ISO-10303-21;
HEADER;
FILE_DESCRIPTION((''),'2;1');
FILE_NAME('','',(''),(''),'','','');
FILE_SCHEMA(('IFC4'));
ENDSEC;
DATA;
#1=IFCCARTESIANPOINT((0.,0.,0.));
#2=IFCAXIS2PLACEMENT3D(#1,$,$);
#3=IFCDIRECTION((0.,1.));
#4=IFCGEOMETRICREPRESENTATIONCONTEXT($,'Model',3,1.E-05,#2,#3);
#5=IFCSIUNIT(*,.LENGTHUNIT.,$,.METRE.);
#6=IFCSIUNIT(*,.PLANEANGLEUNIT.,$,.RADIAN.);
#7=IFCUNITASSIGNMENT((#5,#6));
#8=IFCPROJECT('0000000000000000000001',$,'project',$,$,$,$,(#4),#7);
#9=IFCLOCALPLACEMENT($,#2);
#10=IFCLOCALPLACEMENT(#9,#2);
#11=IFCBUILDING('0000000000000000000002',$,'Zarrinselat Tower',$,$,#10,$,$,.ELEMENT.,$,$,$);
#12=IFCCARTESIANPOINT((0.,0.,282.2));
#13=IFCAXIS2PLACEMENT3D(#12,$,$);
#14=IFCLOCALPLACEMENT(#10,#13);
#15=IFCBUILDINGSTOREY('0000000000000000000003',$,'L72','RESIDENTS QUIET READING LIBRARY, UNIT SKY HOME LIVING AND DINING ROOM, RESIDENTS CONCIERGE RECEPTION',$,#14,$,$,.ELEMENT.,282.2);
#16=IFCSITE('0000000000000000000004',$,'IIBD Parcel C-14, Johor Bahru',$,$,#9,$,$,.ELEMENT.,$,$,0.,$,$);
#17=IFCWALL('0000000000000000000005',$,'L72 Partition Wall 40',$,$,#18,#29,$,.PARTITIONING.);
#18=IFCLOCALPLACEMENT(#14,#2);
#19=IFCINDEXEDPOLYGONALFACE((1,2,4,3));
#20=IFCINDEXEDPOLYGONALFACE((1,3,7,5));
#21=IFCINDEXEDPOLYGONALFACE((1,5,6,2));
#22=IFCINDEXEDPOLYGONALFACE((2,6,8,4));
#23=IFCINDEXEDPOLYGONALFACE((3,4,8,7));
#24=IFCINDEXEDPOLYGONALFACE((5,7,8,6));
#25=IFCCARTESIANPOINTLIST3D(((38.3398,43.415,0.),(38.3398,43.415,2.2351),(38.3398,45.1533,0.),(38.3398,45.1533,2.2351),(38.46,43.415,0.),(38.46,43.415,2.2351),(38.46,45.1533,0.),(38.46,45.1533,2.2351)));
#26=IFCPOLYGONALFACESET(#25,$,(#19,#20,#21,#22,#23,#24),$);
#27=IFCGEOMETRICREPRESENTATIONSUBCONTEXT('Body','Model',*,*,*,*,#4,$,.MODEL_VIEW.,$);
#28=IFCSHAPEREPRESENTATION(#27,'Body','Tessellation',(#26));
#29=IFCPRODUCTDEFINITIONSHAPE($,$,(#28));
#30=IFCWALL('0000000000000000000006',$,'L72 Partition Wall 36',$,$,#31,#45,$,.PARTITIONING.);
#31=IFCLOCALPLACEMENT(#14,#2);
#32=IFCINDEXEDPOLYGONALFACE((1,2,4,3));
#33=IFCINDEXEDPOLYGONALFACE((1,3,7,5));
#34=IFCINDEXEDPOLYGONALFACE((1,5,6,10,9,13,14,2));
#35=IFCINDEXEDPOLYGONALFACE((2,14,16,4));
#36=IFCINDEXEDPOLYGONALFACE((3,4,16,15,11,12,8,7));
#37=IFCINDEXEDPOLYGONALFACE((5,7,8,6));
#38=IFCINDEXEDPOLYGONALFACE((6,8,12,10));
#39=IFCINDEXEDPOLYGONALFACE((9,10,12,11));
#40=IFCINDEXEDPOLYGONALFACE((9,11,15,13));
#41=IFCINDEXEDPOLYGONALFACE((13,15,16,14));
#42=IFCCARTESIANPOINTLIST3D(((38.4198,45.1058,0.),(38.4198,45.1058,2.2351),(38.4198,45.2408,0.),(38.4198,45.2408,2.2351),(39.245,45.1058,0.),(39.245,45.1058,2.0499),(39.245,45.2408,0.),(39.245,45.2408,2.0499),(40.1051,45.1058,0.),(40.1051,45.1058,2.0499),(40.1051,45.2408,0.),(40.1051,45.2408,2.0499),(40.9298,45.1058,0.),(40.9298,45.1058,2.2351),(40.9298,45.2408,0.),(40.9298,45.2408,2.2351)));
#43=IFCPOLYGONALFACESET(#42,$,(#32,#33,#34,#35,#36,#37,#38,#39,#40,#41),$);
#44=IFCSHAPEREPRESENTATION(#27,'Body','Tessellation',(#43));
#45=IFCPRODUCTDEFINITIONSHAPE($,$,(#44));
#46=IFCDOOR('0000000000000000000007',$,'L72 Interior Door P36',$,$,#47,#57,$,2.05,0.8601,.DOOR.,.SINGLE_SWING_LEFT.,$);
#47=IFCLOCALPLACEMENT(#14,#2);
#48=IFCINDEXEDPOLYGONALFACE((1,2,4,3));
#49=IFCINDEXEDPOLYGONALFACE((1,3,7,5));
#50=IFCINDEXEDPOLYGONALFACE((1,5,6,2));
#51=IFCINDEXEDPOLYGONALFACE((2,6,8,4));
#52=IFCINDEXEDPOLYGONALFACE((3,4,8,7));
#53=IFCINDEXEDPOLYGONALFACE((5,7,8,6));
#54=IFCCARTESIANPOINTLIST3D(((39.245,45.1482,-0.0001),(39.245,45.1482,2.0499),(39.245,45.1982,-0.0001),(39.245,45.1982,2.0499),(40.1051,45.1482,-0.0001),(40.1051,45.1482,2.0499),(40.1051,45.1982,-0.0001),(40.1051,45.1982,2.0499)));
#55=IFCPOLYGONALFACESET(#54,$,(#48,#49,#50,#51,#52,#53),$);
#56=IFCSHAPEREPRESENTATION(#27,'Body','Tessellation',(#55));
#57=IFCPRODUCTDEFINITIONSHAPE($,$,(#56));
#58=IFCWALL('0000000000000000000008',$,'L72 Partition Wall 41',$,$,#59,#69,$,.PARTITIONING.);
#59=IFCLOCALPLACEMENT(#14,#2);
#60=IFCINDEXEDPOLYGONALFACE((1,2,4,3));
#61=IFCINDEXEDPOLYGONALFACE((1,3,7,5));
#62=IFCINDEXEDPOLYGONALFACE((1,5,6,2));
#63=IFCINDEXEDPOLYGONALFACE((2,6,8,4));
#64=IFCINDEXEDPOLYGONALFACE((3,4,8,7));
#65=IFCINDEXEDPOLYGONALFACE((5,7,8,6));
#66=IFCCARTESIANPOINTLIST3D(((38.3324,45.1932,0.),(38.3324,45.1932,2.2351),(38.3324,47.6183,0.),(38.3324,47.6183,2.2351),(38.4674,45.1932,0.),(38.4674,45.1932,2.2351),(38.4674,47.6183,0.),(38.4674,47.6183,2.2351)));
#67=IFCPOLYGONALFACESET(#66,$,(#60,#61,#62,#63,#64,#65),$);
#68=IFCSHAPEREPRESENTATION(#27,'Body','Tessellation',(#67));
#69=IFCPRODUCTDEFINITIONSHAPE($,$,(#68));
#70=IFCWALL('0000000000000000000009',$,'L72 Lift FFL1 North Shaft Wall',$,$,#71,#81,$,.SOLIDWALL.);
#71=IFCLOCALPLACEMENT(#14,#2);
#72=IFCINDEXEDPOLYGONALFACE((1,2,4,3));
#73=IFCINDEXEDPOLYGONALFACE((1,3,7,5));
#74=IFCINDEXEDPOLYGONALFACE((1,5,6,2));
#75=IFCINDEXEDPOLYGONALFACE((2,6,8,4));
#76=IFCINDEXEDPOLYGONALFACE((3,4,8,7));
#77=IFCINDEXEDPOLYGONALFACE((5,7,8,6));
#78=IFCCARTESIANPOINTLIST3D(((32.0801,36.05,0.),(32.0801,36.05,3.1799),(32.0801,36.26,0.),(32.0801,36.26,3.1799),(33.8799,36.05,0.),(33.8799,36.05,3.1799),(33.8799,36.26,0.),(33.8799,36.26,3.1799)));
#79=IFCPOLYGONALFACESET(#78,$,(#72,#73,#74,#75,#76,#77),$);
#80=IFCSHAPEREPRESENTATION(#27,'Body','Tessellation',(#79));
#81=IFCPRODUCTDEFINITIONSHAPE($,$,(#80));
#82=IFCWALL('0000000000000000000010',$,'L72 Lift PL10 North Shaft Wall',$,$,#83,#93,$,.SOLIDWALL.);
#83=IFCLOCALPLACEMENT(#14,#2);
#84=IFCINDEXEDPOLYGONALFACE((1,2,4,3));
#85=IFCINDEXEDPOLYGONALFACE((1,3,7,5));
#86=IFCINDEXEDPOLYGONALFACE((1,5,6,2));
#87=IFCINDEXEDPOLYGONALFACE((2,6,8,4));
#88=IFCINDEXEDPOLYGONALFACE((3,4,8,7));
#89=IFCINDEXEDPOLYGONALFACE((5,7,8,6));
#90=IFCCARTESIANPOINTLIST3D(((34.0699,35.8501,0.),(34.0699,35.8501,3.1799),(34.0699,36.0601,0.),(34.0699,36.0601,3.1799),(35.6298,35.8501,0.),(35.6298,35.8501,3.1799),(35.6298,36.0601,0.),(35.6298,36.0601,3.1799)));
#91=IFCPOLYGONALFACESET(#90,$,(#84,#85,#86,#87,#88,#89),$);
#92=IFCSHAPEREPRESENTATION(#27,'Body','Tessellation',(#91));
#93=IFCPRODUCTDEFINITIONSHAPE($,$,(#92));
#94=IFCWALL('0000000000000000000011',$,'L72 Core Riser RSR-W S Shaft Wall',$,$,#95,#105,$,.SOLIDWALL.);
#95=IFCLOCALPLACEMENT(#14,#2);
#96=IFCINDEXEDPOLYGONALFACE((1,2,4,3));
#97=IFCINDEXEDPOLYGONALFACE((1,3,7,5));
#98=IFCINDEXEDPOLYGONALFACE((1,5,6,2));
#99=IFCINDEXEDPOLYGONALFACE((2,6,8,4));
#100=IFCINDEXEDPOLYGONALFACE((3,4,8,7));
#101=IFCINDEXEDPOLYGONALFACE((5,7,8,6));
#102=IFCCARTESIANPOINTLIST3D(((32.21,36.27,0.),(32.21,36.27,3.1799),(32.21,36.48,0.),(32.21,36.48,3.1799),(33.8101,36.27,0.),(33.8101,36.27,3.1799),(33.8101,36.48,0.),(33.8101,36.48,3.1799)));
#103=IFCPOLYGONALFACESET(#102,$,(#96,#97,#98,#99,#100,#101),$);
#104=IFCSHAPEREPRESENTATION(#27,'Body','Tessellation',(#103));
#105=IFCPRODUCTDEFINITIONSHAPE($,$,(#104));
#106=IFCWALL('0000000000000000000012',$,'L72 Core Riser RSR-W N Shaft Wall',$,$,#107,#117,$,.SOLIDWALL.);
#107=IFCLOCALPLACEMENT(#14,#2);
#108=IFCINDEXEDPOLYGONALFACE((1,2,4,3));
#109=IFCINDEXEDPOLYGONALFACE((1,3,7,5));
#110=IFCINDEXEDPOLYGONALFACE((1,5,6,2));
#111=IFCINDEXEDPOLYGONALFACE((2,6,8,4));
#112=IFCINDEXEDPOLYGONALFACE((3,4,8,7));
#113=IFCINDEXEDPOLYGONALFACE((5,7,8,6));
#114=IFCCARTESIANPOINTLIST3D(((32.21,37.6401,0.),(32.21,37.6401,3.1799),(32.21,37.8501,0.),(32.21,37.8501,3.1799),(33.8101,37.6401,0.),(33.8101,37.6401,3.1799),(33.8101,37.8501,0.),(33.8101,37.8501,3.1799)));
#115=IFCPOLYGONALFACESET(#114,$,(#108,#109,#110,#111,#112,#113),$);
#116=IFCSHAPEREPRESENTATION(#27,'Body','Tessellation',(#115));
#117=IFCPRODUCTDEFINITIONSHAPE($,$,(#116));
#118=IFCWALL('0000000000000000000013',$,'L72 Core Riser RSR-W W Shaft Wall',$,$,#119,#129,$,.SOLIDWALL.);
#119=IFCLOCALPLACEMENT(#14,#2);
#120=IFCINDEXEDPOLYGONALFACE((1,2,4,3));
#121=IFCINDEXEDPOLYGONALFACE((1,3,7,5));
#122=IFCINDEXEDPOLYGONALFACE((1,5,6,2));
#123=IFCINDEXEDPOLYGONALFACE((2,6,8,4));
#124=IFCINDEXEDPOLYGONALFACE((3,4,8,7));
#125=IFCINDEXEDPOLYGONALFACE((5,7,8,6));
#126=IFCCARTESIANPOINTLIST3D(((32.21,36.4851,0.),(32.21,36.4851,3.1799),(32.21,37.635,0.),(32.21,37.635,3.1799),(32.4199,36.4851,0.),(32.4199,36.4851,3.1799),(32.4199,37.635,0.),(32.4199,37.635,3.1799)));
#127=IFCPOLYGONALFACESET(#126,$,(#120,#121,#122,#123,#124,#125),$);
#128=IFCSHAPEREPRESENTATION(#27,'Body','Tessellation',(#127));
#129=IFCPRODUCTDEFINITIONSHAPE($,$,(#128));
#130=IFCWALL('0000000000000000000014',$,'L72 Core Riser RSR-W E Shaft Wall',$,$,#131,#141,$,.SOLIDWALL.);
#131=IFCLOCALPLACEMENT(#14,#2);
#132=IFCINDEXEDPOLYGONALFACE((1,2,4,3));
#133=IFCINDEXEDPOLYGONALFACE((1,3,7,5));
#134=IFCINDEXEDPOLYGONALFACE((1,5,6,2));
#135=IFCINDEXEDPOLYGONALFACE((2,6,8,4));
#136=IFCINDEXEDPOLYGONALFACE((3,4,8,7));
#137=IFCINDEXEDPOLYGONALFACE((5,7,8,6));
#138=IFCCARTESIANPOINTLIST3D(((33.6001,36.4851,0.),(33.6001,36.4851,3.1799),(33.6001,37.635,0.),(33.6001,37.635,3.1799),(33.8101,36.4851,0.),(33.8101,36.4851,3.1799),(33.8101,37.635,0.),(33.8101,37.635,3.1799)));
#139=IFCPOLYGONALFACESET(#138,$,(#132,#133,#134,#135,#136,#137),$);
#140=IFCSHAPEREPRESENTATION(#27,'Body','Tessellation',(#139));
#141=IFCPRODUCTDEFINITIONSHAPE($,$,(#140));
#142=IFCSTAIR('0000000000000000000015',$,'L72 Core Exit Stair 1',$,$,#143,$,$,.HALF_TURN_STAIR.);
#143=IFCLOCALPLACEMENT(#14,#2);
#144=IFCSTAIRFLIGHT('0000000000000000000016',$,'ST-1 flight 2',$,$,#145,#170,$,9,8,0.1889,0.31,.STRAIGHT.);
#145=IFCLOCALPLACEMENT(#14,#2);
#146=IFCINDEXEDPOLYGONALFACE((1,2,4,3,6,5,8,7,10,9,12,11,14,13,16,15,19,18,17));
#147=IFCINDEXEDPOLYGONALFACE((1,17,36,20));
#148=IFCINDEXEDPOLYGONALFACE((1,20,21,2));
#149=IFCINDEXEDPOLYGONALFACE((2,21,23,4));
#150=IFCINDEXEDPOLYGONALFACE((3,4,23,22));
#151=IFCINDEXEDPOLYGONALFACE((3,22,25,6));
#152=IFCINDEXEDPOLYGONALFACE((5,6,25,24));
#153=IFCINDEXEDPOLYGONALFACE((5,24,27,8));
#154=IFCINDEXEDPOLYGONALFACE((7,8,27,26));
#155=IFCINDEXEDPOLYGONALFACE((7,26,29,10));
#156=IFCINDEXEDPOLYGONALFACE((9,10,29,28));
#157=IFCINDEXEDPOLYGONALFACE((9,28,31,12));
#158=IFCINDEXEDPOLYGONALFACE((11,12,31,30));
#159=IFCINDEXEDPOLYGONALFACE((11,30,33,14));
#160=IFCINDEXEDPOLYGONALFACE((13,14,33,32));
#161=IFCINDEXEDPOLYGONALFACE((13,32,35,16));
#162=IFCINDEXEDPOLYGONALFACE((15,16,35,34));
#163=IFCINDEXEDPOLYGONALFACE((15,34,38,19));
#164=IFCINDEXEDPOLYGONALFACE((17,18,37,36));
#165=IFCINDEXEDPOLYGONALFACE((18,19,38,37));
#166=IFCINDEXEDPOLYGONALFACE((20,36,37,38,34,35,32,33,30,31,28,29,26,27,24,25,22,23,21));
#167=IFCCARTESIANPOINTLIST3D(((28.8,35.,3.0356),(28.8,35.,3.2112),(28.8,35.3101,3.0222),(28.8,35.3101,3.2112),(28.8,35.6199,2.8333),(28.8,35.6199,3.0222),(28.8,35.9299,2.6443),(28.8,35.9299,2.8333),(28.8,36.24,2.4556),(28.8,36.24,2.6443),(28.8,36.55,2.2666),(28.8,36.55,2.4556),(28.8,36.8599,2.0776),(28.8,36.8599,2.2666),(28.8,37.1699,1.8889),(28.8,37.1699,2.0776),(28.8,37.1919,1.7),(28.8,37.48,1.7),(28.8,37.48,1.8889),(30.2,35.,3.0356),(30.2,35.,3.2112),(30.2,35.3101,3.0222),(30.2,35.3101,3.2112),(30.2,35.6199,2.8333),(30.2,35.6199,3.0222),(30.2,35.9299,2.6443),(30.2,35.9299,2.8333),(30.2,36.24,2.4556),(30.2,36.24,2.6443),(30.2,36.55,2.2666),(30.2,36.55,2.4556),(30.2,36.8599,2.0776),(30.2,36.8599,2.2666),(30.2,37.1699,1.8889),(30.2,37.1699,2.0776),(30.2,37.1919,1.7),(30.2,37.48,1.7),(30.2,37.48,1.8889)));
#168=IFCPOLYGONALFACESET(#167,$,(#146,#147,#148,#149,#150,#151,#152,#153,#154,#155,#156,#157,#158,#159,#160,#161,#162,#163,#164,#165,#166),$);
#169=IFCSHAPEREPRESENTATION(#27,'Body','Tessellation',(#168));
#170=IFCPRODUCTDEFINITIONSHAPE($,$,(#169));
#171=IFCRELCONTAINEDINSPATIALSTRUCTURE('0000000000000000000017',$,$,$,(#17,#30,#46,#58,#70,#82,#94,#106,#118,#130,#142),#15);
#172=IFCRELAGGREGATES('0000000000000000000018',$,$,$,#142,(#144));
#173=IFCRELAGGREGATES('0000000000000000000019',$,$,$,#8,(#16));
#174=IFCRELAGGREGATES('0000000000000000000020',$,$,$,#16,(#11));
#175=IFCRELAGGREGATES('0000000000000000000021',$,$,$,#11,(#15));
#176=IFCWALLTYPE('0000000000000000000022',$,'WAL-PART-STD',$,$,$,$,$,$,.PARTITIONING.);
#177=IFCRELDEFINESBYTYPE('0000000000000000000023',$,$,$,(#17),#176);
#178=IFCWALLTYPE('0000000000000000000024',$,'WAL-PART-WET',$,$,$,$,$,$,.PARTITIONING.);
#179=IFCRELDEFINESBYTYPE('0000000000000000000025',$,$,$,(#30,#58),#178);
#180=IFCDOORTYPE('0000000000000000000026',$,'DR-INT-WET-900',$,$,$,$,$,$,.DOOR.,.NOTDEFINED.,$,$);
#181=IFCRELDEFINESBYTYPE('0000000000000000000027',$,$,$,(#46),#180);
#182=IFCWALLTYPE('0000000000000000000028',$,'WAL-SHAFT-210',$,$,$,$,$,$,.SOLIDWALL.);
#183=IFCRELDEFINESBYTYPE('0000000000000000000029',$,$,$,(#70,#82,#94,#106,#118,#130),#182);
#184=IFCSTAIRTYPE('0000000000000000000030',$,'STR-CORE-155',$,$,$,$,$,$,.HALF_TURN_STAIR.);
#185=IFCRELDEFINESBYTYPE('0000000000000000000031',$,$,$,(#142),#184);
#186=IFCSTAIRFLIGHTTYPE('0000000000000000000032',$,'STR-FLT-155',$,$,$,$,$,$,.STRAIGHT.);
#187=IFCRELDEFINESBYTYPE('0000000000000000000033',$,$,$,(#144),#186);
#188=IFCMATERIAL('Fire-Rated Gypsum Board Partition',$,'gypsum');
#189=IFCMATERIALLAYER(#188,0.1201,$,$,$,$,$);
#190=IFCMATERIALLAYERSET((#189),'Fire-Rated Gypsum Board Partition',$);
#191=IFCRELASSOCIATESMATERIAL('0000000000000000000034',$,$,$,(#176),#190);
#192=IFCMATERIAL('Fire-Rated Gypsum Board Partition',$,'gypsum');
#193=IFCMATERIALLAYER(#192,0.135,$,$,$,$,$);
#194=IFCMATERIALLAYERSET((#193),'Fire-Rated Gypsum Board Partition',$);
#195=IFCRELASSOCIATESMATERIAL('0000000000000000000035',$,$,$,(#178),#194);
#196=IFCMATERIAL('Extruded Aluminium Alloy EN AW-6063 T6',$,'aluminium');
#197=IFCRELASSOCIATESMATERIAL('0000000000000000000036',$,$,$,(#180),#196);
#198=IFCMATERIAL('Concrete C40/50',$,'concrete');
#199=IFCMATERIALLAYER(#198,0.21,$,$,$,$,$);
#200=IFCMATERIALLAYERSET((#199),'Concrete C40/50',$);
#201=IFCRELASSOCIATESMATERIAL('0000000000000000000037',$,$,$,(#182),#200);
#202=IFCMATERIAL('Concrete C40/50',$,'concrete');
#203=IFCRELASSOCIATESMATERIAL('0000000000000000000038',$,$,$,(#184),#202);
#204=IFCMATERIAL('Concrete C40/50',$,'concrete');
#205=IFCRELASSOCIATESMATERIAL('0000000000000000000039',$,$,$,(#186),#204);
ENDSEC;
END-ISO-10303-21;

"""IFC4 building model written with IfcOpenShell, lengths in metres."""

from ifc_helpers import new_model, si_unit, direction, frame, frame_2d, origin, place, context, subcontext, project, spatial, polyline, rectangle, outline, extrude, material, layer, layer_set, type_object, element, fill, aggregate, save


model = new_model("IFC4")

# Units and contexts
model_context = context("Model", 3, precision=1e-05, world=origin(), true_north=direction((0.0, 1.0)))
body_context = subcontext(model_context, "Body", "Model", "MODEL_VIEW")
ifc_project = project(units=[si_unit("LENGTHUNIT", "METRE"), si_unit("PLANEANGLEUNIT", "RADIAN")], contexts=[model_context])

# Site, building, storey
site_placement = place(None, origin())
site = spatial("IfcSite", under=ifc_project, at=site_placement, Name="IIBD Parcel C-14, Johor Bahru", CompositionType="ELEMENT", RefElevation=0.0)
building_placement = place(site_placement, origin())
building = spatial("IfcBuilding", under=site, at=building_placement, Name="Zarrinselat Tower", CompositionType="ELEMENT")
storey_placement = place(building_placement, frame((0.0, 0.0, 282.2)))
storey = spatial("IfcBuildingStorey", under=building, at=storey_placement, Name="L72", Description="RESIDENTS QUIET READING LIBRARY, UNIT SKY HOME LIVING AND DINING ROOM, RESIDENTS CONCIERGE RECEPTION", CompositionType="ELEMENT", Elevation=282.2)

# Wall
ifc_material_1 = material(Name="Fire-Rated Gypsum Board Partition", Category="gypsum")
ifc_layer_1 = layer(ifc_material_1, 0.1201)
ifc_layer_set_1 = layer_set([ifc_layer_1], Name="Fire-Rated Gypsum Board Partition")
wall_type_1 = type_object("IfcWallType", Name="WAL-PART-STD", PredefinedType="PARTITIONING", material=ifc_layer_set_1)
wall_1_placement = place(storey_placement, frame((38.3999, 43.415, 0.0), z_axis=(0.0, 0.0, 1.0), x_axis=(0.0, 1.0, 0.0)))
element("IfcWall", 1, at=wall_1_placement, inside=storey, type_object=wall_type_1, Name="L72 Partition Wall 40", PredefinedType="PARTITIONING", context=body_context, shape_type="SweptSolid", body=[
    extrude(rectangle(XDim=1.7383, YDim=0.1201, at=frame_2d((0.8691, 0.0))), origin(), (0.0, 0.0, 1.0), 2.2351),
])

# Wall, opening, door
ifc_material_2 = material(Name="Fire-Rated Gypsum Board Partition", Category="gypsum")
ifc_layer_2 = layer(ifc_material_2, 0.135)
ifc_layer_set_2 = layer_set([ifc_layer_2], Name="Fire-Rated Gypsum Board Partition")
wall_type_2 = type_object("IfcWallType", Name="WAL-PART-WET", PredefinedType="PARTITIONING", material=ifc_layer_set_2)
wall_2_placement = place(storey_placement, frame((38.4199, 45.1733, 0.0), z_axis=(0.0, 0.0, 1.0), x_axis=(1.0, 0.0, 0.0)))
wall_2 = element("IfcWall", 2, at=wall_2_placement, inside=storey, type_object=wall_type_2, Name="L72 Partition Wall 36", PredefinedType="PARTITIONING", context=body_context, shape_type="SweptSolid", body=[
    extrude(rectangle(XDim=2.51, YDim=0.135, at=frame_2d((1.2549, 0.0))), origin(), (0.0, 0.0, 1.0), 2.2351),
])
opening_1_placement = place(wall_2_placement, frame((0.825, 0.0, 0.0)))
opening_1 = element("IfcOpeningElement", 3, at=opening_1_placement, cuts=wall_2, PredefinedType="OPENING", context=body_context, shape_type="SweptSolid", body=[
    extrude(rectangle(XDim=0.8601, YDim=2.05, at=frame_2d((0.4302, 1.0249))), frame((0.0, 0.0774, 0.0), z_axis=(0.0, -1.0, 0.0), x_axis=(1.0, 0.0, 0.0)), (0.0, 0.0, 1.0), 0.155),
])
ifc_material_3 = material(Name="Extruded Aluminium Alloy EN AW-6063 T6", Category="aluminium")
door_type_1 = type_object("IfcDoorType", Name="DR-INT-WET-900", OperationType="NOTDEFINED", PredefinedType="DOOR", material=ifc_material_3)
door_1_placement = place(opening_1_placement, origin())
door_1 = element("IfcDoor", 4, at=door_1_placement, inside=storey, type_object=door_type_1, Name="L72 Interior Door P36", OperationType="SINGLE_SWING_LEFT", OverallHeight=2.05, OverallWidth=0.8601, PredefinedType="DOOR", context=body_context, shape_type="SweptSolid", body=[
    extrude(rectangle(XDim=0.8601, YDim=2.05, at=frame_2d((0.4302, 1.0249))), frame((0.0, 0.0249, 0.0), z_axis=(0.0, -1.0, 0.0), x_axis=(1.0, 0.0, 0.0)), (0.0, 0.0, 1.0), 0.05),
])
fill(opening_1, door_1)

# Walls
wall_3_placement = place(storey_placement, frame((38.3999, 45.1934, 0.0), z_axis=(0.0, 0.0, 1.0), x_axis=(0.0, 1.0, 0.0)))
element("IfcWall", 5, at=wall_3_placement, inside=storey, type_object=wall_type_2, Name="L72 Partition Wall 41", PredefinedType="PARTITIONING", context=body_context, shape_type="SweptSolid", body=[
    extrude(rectangle(XDim=2.425, YDim=0.135, at=frame_2d((1.2124, 0.0))), origin(), (0.0, 0.0, 1.0), 2.2351),
])
ifc_material_4 = material(Name="Concrete C40/50", Category="concrete")
ifc_layer_3 = layer(ifc_material_4, 0.21)
ifc_layer_set_3 = layer_set([ifc_layer_3], Name="Concrete C40/50")
wall_type_3 = type_object("IfcWallType", Name="WAL-SHAFT-210", PredefinedType="SOLIDWALL", material=ifc_layer_set_3)
wall_4_placement = place(storey_placement, frame((32.0801, 36.155, 0.0), z_axis=(0.0, 0.0, 1.0), x_axis=(1.0, 0.0, 0.0)))
element("IfcWall", 6, at=wall_4_placement, inside=storey, type_object=wall_type_3, Name="L72 Lift FFL1 North Shaft Wall", PredefinedType="SOLIDWALL", context=body_context, shape_type="SweptSolid", body=[
    extrude(rectangle(XDim=1.7998, YDim=0.21, at=frame_2d((0.8999, 0.0))), origin(), (0.0, 0.0, 1.0), 3.1799),
])
wall_5_placement = place(storey_placement, frame((34.0701, 35.9551, 0.0), z_axis=(0.0, 0.0, 1.0), x_axis=(1.0, 0.0, 0.0)))
element("IfcWall", 7, at=wall_5_placement, inside=storey, type_object=wall_type_3, Name="L72 Lift PL10 North Shaft Wall", PredefinedType="SOLIDWALL", context=body_context, shape_type="SweptSolid", body=[
    extrude(rectangle(XDim=1.5598, YDim=0.21, at=frame_2d((0.7798, 0.0))), origin(), (0.0, 0.0, 1.0), 3.1799),
])
for number, where, z_axis, x_axis, name in (
    (8, (32.21, 36.375, 0.0), (0.0, 0.0, 1.0), (1.0, 0.0, 0.0), "L72 Core Riser RSR-W S Shaft Wall"),
    (9, (32.21, 37.7451, 0.0), (0.0, 0.0, 1.0), (1.0, 0.0, 0.0), "L72 Core Riser RSR-W N Shaft Wall"),
):
    element("IfcWall", number, at=place(storey_placement, frame(where, z_axis=z_axis, x_axis=x_axis)), inside=storey, type_object=wall_type_3, Name=name, PredefinedType="SOLIDWALL", context=body_context, shape_type="SweptSolid", body=[
        extrude(rectangle(XDim=1.6001, YDim=0.21, at=frame_2d((0.8, 0.0))), origin(), (0.0, 0.0, 1.0), 3.1799),
    ])
for number, where, z_axis, x_axis, name in (
    (10, (32.3149, 36.4851, 0.0), (0.0, 0.0, 1.0), (0.0, 1.0, 0.0), "L72 Core Riser RSR-W W Shaft Wall"),
    (11, (33.7051, 36.4851, 0.0), (0.0, 0.0, 1.0), (0.0, 1.0, 0.0), "L72 Core Riser RSR-W E Shaft Wall"),
):
    element("IfcWall", number, at=place(storey_placement, frame(where, z_axis=z_axis, x_axis=x_axis)), inside=storey, type_object=wall_type_3, Name=name, PredefinedType="SOLIDWALL", context=body_context, shape_type="SweptSolid", body=[
        extrude(rectangle(XDim=1.1499, YDim=0.21, at=frame_2d((0.575, 0.0))), origin(), (0.0, 0.0, 1.0), 3.1799),
    ])

# Stair, stair flight
ifc_material_5 = material(Name="Concrete C40/50", Category="concrete")
stair_type = type_object("IfcStairType", Name="STR-CORE-155", PredefinedType="HALF_TURN_STAIR", material=ifc_material_5)
stair_placement = place(storey_placement, origin())
stair = element("IfcStair", 12, at=stair_placement, inside=storey, type_object=stair_type, Name="L72 Core Exit Stair 1", PredefinedType="HALF_TURN_STAIR")
ifc_material_6 = material(Name="Concrete C40/50", Category="concrete")
stair_flight_type = type_object("IfcStairFlightType", Name="STR-FLT-155", PredefinedType="STRAIGHT", material=ifc_material_6)
stair_flight_placement = place(storey_placement, frame((29.5, 37.48, 1.7), z_axis=(0.0, 0.0, 1.0), x_axis=(0.0, -1.0, 0.0)))
stair_flight = element("IfcStairFlight", 13, at=stair_flight_placement, type_object=stair_flight_type, Name="ST-1 flight 2", NumberOfRisers=9, NumberOfTreads=8, PredefinedType="STRAIGHT", RiserHeight=0.1889, TreadLength=0.31, context=body_context, shape_type="SweptSolid", body=[
    extrude(outline(polyline([(0.0, 0.0), (0.0, 0.189), (0.3101, 0.189), (0.3101, 0.3777), (0.6201, 0.3777), (0.6201, 0.5667), (0.9299, 0.5667), (0.9299, 0.7556), (1.24, 0.7556), (1.24, 0.9443), (1.55, 0.9443), (1.55, 1.1333), (1.8601, 1.1333), (1.8601, 1.3223), (2.1699, 1.3223), (2.1699, 1.5112), (2.48, 1.5112), (2.48, 1.7), (2.48, 1.3357), (0.2881, 0.0), (0.0, 0.0)])), frame((0.0, 0.7, 0.0), z_axis=(0.0, -1.0, 0.0), x_axis=(1.0, 0.0, 0.0)), (0.0, 0.0, 1.0), 1.3999),
])
aggregate(stair, [stair_flight])

save(model, "model.ifc")
